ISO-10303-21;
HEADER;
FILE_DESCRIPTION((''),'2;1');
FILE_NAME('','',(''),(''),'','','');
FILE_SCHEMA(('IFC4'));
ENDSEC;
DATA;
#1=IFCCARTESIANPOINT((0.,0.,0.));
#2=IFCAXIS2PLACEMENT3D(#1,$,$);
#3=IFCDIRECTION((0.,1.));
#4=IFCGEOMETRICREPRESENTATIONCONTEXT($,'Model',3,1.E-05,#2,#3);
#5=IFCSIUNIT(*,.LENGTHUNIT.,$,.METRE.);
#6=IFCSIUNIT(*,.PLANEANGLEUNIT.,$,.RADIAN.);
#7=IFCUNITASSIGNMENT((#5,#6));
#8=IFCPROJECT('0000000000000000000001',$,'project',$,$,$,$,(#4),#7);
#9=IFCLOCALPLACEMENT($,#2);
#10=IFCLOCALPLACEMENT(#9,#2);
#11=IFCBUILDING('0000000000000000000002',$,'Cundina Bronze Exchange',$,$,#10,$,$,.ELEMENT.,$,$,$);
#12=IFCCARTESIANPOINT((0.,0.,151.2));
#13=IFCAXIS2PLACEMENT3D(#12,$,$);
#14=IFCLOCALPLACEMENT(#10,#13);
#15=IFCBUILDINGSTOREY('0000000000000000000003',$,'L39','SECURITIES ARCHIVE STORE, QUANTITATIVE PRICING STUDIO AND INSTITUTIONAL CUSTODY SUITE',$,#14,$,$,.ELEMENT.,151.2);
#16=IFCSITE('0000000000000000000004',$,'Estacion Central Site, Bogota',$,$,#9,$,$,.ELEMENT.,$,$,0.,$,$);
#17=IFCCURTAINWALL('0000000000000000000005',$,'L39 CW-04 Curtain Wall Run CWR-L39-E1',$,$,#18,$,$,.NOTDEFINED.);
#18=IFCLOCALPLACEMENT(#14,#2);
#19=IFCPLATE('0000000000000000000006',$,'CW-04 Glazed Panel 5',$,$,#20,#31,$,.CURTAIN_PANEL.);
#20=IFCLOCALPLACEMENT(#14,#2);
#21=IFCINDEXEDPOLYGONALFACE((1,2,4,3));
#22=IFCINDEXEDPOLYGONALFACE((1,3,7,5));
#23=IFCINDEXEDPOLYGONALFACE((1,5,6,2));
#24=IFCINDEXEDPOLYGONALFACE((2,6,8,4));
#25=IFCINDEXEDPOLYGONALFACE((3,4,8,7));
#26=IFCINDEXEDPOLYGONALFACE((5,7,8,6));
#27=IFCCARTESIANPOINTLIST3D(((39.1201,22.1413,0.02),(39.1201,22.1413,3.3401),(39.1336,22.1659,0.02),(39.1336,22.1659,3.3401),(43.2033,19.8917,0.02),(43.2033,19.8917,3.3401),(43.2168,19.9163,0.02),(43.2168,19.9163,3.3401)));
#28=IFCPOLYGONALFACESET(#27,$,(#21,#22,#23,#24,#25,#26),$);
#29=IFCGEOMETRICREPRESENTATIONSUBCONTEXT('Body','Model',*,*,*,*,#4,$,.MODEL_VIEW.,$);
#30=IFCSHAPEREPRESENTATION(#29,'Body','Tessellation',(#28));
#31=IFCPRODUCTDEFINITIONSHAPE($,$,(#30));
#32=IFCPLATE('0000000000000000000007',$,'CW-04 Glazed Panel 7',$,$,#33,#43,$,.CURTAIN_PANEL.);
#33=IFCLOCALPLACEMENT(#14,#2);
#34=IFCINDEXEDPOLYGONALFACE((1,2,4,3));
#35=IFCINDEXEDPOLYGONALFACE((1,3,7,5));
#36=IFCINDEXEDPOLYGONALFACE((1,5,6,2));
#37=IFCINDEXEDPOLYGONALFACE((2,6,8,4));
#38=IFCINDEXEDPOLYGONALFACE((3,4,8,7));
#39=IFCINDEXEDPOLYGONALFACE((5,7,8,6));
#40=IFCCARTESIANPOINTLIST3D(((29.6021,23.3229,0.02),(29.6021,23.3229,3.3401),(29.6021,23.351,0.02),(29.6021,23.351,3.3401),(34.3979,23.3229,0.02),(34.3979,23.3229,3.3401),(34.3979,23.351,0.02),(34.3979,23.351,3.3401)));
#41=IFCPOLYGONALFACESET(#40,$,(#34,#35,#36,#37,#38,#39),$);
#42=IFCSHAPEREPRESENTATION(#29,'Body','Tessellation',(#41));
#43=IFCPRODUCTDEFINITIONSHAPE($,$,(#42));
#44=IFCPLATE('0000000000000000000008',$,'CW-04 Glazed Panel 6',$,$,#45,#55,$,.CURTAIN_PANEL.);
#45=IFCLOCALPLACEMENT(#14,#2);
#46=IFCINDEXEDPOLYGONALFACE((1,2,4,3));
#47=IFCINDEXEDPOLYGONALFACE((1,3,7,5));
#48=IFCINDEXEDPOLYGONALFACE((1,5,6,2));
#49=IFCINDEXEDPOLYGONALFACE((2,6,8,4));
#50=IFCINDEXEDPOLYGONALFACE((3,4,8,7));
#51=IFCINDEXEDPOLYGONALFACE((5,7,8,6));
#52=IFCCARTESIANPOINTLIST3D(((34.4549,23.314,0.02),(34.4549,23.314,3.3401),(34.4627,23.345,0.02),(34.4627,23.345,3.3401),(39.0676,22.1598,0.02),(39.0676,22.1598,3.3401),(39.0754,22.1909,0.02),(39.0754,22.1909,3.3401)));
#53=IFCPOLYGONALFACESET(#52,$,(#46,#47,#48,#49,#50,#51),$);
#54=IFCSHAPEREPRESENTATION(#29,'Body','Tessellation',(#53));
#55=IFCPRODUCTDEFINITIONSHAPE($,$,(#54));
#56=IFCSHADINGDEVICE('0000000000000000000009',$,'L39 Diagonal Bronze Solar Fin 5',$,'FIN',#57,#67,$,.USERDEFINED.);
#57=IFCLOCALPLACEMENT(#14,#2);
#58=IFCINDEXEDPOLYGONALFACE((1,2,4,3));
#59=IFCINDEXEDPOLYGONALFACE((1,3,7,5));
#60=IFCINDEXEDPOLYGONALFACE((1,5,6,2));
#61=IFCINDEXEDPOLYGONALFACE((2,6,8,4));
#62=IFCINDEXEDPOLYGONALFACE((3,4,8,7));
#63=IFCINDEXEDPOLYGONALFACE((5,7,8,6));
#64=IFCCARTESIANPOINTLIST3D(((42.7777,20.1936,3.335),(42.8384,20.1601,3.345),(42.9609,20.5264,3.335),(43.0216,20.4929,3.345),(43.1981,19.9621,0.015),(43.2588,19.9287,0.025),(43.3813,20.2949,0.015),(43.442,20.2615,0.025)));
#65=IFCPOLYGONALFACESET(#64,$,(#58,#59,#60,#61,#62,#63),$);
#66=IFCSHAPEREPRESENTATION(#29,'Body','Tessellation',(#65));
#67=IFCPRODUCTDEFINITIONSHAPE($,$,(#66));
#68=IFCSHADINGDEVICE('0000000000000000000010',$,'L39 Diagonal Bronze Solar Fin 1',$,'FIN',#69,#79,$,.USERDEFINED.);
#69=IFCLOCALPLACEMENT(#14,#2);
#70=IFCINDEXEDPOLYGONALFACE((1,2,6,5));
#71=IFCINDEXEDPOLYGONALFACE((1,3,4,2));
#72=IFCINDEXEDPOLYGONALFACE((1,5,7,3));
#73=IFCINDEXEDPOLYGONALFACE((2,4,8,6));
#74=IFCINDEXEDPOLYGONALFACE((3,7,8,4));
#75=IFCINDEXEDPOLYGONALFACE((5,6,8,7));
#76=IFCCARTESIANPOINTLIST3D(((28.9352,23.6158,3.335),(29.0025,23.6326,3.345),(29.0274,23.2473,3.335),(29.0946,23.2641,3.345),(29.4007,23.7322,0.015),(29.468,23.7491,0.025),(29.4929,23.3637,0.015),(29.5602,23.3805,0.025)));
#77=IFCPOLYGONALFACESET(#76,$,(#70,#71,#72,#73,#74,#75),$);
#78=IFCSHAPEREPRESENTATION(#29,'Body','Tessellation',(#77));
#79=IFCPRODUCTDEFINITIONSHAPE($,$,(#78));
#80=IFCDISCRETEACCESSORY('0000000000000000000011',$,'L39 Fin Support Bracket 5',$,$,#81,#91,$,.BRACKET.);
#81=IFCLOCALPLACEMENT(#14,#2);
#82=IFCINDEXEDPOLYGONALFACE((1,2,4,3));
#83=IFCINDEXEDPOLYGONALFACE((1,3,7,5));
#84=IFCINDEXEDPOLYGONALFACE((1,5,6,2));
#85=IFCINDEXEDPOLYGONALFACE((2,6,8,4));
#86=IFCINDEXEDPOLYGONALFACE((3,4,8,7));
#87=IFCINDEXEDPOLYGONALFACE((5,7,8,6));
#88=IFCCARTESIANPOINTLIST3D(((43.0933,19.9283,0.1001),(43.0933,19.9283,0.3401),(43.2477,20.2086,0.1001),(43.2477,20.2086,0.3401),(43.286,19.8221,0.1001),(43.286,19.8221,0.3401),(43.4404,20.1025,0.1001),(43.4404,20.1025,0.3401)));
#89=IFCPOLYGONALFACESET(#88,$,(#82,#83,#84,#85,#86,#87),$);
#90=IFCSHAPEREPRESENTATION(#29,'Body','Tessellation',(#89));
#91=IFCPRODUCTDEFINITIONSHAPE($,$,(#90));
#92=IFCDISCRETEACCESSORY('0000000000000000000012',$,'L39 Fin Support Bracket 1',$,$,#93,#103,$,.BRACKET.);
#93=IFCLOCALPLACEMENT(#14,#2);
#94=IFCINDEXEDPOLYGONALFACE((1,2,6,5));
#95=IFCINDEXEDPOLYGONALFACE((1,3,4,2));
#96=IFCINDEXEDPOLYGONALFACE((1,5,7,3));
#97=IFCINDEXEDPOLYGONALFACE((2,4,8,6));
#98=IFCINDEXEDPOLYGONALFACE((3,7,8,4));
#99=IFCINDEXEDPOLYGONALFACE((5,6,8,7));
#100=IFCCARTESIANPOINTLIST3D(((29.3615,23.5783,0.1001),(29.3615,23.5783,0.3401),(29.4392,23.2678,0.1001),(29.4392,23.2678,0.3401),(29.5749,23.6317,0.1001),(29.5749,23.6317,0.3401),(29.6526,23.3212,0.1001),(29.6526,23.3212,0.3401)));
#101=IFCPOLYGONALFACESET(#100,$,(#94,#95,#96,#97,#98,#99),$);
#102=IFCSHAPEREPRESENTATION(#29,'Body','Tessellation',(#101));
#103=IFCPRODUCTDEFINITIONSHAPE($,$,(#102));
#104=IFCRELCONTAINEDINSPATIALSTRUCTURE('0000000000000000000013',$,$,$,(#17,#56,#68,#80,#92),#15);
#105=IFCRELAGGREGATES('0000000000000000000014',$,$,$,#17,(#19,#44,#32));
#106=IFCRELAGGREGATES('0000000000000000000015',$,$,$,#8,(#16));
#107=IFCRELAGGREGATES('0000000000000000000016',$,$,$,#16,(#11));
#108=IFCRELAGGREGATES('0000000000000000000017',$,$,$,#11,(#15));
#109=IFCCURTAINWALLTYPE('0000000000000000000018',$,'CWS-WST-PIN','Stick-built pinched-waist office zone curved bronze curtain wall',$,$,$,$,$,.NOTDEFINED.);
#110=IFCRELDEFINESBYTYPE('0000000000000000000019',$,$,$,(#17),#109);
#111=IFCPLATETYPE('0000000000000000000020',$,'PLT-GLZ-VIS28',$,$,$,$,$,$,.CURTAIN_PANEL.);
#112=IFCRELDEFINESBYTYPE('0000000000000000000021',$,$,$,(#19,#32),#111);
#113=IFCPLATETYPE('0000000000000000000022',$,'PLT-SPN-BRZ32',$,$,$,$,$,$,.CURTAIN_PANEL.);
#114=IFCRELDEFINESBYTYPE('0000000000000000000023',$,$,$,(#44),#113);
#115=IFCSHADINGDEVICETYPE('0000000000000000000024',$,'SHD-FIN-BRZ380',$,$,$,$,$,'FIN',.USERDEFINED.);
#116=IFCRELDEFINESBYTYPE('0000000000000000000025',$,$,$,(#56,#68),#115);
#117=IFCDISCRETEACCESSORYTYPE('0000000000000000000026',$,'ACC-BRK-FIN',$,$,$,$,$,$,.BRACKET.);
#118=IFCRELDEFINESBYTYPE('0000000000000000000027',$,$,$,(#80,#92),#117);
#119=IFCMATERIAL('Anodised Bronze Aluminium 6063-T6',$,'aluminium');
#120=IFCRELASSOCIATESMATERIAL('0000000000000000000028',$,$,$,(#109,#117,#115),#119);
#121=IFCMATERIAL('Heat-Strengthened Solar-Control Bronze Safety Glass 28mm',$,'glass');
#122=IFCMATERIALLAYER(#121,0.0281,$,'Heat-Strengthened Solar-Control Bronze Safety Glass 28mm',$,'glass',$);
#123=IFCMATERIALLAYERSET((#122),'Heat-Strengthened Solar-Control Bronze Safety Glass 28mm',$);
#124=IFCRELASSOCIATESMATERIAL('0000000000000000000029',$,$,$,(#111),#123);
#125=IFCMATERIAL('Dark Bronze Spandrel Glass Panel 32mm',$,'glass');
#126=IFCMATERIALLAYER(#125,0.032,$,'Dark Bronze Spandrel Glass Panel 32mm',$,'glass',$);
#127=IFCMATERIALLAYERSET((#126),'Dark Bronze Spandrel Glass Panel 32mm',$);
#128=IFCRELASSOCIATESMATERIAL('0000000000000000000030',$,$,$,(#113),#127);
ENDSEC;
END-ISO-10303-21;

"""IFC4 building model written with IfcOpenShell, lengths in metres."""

from ifc_helpers import new_model, si_unit, direction, frame, origin, origin_2d, place, context, subcontext, project, spatial, rectangle, extrude, material, layer, layer_set, material_profile, profile_set, type_object, element, aggregate, save


model = new_model("IFC4")

# Units and contexts
model_context = context("Model", 3, precision=1e-05, world=origin(), true_north=direction((0.0, 1.0)))
body_context = subcontext(model_context, "Body", "Model", "MODEL_VIEW")
ifc_project = project(units=[si_unit("LENGTHUNIT", "METRE"), si_unit("PLANEANGLEUNIT", "RADIAN")], contexts=[model_context])

# Site, building, storey
site_placement = place(None, origin())
site = spatial("IfcSite", under=ifc_project, at=site_placement, Name="Estacion Central Site, Bogota", CompositionType="ELEMENT", RefElevation=0.0)
building_placement = place(site_placement, origin())
building = spatial("IfcBuilding", under=site, at=building_placement, Name="Cundina Bronze Exchange", CompositionType="ELEMENT")
storey_placement = place(building_placement, frame((0.0, 0.0, 151.2)))
storey = spatial("IfcBuildingStorey", under=building, at=storey_placement, Name="L39", Description="SECURITIES ARCHIVE STORE, QUANTITATIVE PRICING STUDIO AND INSTITUTIONAL CUSTODY SUITE", CompositionType="ELEMENT", Elevation=151.2)

# Curtain wall
ifc_material_1 = material(Name="Anodised Bronze Aluminium 6063-T6", Category="aluminium")
curtain_wall_type = type_object("IfcCurtainWallType", Name="CWS-WST-PIN", Description="Stick-built pinched-waist office zone curved bronze curtain wall", PredefinedType="NOTDEFINED", material=ifc_material_1)
curtain_wall_1_placement = place(storey_placement, origin())
curtain_wall_1 = element("IfcCurtainWall", 1, at=curtain_wall_1_placement, inside=storey, type_object=curtain_wall_type, Name="L39 CW-04 Curtain Wall Run CWR-L39-E1", PredefinedType="NOTDEFINED")

# Plates
ifc_material_2 = material(Name="Heat-Strengthened Solar-Control Bronze Safety Glass 28mm", Category="glass")
ifc_layer_1 = layer(ifc_material_2, 0.0281, Name="Heat-Strengthened Solar-Control Bronze Safety Glass 28mm", Category="glass")
ifc_layer_set_1 = layer_set([ifc_layer_1], Name="Heat-Strengthened Solar-Control Bronze Safety Glass 28mm")
plate_type_1 = type_object("IfcPlateType", Name="PLT-GLZ-VIS28", PredefinedType="CURTAIN_PANEL", material=ifc_layer_set_1)
plate_1_placement = place(storey_placement, frame((41.1685, 21.0288, 0.02), z_axis=(0.0, 0.0, 1.0), x_axis=(-0.875869, 0.482549, 0.0)))
plate_1 = element("IfcPlate", 2, at=plate_1_placement, type_object=plate_type_1, Name="CW-04 Glazed Panel 5", PredefinedType="CURTAIN_PANEL", context=body_context, shape_type="SweptSolid", body=[
    extrude(rectangle(XDim=4.6619, YDim=0.0281, at=origin_2d()), origin(), (0.0, 0.0, 1.0), 3.3201),
])
plate_2_placement = place(storey_placement, frame((32.0, 23.3369, 0.02), z_axis=(0.0, 0.0, 1.0), x_axis=(-1.0, 0.0, 0.0)))
plate_2 = element("IfcPlate", 3, at=plate_2_placement, type_object=plate_type_1, Name="CW-04 Glazed Panel 7", PredefinedType="CURTAIN_PANEL", context=body_context, shape_type="SweptSolid", body=[
    extrude(rectangle(XDim=4.7959, YDim=0.0281, at=origin_2d()), origin(), (0.0, 0.0, 1.0), 3.3201),
])
ifc_material_3 = material(Name="Dark Bronze Spandrel Glass Panel 32mm", Category="glass")
ifc_layer_2 = layer(ifc_material_3, 0.032, Name="Dark Bronze Spandrel Glass Panel 32mm", Category="glass")
ifc_layer_set_2 = layer_set([ifc_layer_2], Name="Dark Bronze Spandrel Glass Panel 32mm")
plate_type_2 = type_object("IfcPlateType", Name="PLT-SPN-BRZ32", PredefinedType="CURTAIN_PANEL", material=ifc_layer_set_2)
plate_3_placement = place(storey_placement, frame((36.7651, 22.7524, 0.02), z_axis=(0.0, 0.0, 1.0), x_axis=(-0.970093, 0.242735, 0.0)))
plate_3 = element("IfcPlate", 4, at=plate_3_placement, type_object=plate_type_2, Name="CW-04 Glazed Panel 6", PredefinedType="CURTAIN_PANEL", context=body_context, shape_type="SweptSolid", body=[
    extrude(rectangle(XDim=4.7549, YDim=0.032, at=origin_2d()), origin(), (0.0, 0.0, 1.0), 3.3201),
])
aggregate(curtain_wall_1, [plate_1, plate_3, plate_2])

# Shading devices
ifc_material_profile_1 = material_profile(ifc_material_1, rectangle(XDim=0.0701, YDim=0.3799, at=origin_2d()), Name="FIN70X380", Category="aluminium")
ifc_profile_set_1 = profile_set([ifc_material_profile_1], Name="Anodised Bronze Aluminium 6063-T6")
shading_device_type = type_object("IfcShadingDeviceType", Name="SHD-FIN-BRZ380", ElementType="FIN", PredefinedType="USERDEFINED", material=ifc_profile_set_1)
for number, where, z_axis, x_axis, name in (
    (5, (43.3201, 20.1118, 0.02), (-0.125324, 0.068994, 0.989714), (0.867012, -0.47731, 0.143061), "L39 Diagonal Bronze Solar Fin 5"),
    (6, (29.4805, 23.5564, 0.02), (-0.138788, -0.034715, 0.989713), (0.960133, 0.240159, 0.143064), "L39 Diagonal Bronze Solar Fin 1"),
):
    element("IfcShadingDevice", number, at=place(storey_placement, frame(where, z_axis=z_axis, x_axis=x_axis)), inside=storey, type_object=shading_device_type, Name=name, ObjectType="FIN", PredefinedType="USERDEFINED", context=body_context, shape_type="SweptSolid", body=[
        extrude(rectangle(XDim=0.0701, YDim=0.3799, at=origin_2d()), origin(), (0.0, 0.0, 1.0), 3.3545),
    ])

# Discrete accessories
discrete_accessory_type = type_object("IfcDiscreteAccessoryType", Name="ACC-BRK-FIN", PredefinedType="BRACKET", material=ifc_material_1)
for number, where, z_axis, x_axis, name in (
    (7, (43.2668, 20.0154, 0.1001), (0.0, 0.0, 1.0), (-0.875869, 0.482549, 0.0), "L39 Fin Support Bracket 5"),
    (8, (29.5071, 23.4497, 0.1001), (0.0, 0.0, 1.0), (-0.970093, -0.242735, 0.0), "L39 Fin Support Bracket 1"),
):
    element("IfcDiscreteAccessory", number, at=place(storey_placement, frame(where, z_axis=z_axis, x_axis=x_axis)), inside=storey, type_object=discrete_accessory_type, Name=name, PredefinedType="BRACKET", context=body_context, shape_type="SweptSolid", body=[
        extrude(rectangle(XDim=0.22, YDim=0.3201, at=origin_2d()), origin(), (0.0, 0.0, 1.0), 0.24),
    ])

save(model, "model.ifc")
